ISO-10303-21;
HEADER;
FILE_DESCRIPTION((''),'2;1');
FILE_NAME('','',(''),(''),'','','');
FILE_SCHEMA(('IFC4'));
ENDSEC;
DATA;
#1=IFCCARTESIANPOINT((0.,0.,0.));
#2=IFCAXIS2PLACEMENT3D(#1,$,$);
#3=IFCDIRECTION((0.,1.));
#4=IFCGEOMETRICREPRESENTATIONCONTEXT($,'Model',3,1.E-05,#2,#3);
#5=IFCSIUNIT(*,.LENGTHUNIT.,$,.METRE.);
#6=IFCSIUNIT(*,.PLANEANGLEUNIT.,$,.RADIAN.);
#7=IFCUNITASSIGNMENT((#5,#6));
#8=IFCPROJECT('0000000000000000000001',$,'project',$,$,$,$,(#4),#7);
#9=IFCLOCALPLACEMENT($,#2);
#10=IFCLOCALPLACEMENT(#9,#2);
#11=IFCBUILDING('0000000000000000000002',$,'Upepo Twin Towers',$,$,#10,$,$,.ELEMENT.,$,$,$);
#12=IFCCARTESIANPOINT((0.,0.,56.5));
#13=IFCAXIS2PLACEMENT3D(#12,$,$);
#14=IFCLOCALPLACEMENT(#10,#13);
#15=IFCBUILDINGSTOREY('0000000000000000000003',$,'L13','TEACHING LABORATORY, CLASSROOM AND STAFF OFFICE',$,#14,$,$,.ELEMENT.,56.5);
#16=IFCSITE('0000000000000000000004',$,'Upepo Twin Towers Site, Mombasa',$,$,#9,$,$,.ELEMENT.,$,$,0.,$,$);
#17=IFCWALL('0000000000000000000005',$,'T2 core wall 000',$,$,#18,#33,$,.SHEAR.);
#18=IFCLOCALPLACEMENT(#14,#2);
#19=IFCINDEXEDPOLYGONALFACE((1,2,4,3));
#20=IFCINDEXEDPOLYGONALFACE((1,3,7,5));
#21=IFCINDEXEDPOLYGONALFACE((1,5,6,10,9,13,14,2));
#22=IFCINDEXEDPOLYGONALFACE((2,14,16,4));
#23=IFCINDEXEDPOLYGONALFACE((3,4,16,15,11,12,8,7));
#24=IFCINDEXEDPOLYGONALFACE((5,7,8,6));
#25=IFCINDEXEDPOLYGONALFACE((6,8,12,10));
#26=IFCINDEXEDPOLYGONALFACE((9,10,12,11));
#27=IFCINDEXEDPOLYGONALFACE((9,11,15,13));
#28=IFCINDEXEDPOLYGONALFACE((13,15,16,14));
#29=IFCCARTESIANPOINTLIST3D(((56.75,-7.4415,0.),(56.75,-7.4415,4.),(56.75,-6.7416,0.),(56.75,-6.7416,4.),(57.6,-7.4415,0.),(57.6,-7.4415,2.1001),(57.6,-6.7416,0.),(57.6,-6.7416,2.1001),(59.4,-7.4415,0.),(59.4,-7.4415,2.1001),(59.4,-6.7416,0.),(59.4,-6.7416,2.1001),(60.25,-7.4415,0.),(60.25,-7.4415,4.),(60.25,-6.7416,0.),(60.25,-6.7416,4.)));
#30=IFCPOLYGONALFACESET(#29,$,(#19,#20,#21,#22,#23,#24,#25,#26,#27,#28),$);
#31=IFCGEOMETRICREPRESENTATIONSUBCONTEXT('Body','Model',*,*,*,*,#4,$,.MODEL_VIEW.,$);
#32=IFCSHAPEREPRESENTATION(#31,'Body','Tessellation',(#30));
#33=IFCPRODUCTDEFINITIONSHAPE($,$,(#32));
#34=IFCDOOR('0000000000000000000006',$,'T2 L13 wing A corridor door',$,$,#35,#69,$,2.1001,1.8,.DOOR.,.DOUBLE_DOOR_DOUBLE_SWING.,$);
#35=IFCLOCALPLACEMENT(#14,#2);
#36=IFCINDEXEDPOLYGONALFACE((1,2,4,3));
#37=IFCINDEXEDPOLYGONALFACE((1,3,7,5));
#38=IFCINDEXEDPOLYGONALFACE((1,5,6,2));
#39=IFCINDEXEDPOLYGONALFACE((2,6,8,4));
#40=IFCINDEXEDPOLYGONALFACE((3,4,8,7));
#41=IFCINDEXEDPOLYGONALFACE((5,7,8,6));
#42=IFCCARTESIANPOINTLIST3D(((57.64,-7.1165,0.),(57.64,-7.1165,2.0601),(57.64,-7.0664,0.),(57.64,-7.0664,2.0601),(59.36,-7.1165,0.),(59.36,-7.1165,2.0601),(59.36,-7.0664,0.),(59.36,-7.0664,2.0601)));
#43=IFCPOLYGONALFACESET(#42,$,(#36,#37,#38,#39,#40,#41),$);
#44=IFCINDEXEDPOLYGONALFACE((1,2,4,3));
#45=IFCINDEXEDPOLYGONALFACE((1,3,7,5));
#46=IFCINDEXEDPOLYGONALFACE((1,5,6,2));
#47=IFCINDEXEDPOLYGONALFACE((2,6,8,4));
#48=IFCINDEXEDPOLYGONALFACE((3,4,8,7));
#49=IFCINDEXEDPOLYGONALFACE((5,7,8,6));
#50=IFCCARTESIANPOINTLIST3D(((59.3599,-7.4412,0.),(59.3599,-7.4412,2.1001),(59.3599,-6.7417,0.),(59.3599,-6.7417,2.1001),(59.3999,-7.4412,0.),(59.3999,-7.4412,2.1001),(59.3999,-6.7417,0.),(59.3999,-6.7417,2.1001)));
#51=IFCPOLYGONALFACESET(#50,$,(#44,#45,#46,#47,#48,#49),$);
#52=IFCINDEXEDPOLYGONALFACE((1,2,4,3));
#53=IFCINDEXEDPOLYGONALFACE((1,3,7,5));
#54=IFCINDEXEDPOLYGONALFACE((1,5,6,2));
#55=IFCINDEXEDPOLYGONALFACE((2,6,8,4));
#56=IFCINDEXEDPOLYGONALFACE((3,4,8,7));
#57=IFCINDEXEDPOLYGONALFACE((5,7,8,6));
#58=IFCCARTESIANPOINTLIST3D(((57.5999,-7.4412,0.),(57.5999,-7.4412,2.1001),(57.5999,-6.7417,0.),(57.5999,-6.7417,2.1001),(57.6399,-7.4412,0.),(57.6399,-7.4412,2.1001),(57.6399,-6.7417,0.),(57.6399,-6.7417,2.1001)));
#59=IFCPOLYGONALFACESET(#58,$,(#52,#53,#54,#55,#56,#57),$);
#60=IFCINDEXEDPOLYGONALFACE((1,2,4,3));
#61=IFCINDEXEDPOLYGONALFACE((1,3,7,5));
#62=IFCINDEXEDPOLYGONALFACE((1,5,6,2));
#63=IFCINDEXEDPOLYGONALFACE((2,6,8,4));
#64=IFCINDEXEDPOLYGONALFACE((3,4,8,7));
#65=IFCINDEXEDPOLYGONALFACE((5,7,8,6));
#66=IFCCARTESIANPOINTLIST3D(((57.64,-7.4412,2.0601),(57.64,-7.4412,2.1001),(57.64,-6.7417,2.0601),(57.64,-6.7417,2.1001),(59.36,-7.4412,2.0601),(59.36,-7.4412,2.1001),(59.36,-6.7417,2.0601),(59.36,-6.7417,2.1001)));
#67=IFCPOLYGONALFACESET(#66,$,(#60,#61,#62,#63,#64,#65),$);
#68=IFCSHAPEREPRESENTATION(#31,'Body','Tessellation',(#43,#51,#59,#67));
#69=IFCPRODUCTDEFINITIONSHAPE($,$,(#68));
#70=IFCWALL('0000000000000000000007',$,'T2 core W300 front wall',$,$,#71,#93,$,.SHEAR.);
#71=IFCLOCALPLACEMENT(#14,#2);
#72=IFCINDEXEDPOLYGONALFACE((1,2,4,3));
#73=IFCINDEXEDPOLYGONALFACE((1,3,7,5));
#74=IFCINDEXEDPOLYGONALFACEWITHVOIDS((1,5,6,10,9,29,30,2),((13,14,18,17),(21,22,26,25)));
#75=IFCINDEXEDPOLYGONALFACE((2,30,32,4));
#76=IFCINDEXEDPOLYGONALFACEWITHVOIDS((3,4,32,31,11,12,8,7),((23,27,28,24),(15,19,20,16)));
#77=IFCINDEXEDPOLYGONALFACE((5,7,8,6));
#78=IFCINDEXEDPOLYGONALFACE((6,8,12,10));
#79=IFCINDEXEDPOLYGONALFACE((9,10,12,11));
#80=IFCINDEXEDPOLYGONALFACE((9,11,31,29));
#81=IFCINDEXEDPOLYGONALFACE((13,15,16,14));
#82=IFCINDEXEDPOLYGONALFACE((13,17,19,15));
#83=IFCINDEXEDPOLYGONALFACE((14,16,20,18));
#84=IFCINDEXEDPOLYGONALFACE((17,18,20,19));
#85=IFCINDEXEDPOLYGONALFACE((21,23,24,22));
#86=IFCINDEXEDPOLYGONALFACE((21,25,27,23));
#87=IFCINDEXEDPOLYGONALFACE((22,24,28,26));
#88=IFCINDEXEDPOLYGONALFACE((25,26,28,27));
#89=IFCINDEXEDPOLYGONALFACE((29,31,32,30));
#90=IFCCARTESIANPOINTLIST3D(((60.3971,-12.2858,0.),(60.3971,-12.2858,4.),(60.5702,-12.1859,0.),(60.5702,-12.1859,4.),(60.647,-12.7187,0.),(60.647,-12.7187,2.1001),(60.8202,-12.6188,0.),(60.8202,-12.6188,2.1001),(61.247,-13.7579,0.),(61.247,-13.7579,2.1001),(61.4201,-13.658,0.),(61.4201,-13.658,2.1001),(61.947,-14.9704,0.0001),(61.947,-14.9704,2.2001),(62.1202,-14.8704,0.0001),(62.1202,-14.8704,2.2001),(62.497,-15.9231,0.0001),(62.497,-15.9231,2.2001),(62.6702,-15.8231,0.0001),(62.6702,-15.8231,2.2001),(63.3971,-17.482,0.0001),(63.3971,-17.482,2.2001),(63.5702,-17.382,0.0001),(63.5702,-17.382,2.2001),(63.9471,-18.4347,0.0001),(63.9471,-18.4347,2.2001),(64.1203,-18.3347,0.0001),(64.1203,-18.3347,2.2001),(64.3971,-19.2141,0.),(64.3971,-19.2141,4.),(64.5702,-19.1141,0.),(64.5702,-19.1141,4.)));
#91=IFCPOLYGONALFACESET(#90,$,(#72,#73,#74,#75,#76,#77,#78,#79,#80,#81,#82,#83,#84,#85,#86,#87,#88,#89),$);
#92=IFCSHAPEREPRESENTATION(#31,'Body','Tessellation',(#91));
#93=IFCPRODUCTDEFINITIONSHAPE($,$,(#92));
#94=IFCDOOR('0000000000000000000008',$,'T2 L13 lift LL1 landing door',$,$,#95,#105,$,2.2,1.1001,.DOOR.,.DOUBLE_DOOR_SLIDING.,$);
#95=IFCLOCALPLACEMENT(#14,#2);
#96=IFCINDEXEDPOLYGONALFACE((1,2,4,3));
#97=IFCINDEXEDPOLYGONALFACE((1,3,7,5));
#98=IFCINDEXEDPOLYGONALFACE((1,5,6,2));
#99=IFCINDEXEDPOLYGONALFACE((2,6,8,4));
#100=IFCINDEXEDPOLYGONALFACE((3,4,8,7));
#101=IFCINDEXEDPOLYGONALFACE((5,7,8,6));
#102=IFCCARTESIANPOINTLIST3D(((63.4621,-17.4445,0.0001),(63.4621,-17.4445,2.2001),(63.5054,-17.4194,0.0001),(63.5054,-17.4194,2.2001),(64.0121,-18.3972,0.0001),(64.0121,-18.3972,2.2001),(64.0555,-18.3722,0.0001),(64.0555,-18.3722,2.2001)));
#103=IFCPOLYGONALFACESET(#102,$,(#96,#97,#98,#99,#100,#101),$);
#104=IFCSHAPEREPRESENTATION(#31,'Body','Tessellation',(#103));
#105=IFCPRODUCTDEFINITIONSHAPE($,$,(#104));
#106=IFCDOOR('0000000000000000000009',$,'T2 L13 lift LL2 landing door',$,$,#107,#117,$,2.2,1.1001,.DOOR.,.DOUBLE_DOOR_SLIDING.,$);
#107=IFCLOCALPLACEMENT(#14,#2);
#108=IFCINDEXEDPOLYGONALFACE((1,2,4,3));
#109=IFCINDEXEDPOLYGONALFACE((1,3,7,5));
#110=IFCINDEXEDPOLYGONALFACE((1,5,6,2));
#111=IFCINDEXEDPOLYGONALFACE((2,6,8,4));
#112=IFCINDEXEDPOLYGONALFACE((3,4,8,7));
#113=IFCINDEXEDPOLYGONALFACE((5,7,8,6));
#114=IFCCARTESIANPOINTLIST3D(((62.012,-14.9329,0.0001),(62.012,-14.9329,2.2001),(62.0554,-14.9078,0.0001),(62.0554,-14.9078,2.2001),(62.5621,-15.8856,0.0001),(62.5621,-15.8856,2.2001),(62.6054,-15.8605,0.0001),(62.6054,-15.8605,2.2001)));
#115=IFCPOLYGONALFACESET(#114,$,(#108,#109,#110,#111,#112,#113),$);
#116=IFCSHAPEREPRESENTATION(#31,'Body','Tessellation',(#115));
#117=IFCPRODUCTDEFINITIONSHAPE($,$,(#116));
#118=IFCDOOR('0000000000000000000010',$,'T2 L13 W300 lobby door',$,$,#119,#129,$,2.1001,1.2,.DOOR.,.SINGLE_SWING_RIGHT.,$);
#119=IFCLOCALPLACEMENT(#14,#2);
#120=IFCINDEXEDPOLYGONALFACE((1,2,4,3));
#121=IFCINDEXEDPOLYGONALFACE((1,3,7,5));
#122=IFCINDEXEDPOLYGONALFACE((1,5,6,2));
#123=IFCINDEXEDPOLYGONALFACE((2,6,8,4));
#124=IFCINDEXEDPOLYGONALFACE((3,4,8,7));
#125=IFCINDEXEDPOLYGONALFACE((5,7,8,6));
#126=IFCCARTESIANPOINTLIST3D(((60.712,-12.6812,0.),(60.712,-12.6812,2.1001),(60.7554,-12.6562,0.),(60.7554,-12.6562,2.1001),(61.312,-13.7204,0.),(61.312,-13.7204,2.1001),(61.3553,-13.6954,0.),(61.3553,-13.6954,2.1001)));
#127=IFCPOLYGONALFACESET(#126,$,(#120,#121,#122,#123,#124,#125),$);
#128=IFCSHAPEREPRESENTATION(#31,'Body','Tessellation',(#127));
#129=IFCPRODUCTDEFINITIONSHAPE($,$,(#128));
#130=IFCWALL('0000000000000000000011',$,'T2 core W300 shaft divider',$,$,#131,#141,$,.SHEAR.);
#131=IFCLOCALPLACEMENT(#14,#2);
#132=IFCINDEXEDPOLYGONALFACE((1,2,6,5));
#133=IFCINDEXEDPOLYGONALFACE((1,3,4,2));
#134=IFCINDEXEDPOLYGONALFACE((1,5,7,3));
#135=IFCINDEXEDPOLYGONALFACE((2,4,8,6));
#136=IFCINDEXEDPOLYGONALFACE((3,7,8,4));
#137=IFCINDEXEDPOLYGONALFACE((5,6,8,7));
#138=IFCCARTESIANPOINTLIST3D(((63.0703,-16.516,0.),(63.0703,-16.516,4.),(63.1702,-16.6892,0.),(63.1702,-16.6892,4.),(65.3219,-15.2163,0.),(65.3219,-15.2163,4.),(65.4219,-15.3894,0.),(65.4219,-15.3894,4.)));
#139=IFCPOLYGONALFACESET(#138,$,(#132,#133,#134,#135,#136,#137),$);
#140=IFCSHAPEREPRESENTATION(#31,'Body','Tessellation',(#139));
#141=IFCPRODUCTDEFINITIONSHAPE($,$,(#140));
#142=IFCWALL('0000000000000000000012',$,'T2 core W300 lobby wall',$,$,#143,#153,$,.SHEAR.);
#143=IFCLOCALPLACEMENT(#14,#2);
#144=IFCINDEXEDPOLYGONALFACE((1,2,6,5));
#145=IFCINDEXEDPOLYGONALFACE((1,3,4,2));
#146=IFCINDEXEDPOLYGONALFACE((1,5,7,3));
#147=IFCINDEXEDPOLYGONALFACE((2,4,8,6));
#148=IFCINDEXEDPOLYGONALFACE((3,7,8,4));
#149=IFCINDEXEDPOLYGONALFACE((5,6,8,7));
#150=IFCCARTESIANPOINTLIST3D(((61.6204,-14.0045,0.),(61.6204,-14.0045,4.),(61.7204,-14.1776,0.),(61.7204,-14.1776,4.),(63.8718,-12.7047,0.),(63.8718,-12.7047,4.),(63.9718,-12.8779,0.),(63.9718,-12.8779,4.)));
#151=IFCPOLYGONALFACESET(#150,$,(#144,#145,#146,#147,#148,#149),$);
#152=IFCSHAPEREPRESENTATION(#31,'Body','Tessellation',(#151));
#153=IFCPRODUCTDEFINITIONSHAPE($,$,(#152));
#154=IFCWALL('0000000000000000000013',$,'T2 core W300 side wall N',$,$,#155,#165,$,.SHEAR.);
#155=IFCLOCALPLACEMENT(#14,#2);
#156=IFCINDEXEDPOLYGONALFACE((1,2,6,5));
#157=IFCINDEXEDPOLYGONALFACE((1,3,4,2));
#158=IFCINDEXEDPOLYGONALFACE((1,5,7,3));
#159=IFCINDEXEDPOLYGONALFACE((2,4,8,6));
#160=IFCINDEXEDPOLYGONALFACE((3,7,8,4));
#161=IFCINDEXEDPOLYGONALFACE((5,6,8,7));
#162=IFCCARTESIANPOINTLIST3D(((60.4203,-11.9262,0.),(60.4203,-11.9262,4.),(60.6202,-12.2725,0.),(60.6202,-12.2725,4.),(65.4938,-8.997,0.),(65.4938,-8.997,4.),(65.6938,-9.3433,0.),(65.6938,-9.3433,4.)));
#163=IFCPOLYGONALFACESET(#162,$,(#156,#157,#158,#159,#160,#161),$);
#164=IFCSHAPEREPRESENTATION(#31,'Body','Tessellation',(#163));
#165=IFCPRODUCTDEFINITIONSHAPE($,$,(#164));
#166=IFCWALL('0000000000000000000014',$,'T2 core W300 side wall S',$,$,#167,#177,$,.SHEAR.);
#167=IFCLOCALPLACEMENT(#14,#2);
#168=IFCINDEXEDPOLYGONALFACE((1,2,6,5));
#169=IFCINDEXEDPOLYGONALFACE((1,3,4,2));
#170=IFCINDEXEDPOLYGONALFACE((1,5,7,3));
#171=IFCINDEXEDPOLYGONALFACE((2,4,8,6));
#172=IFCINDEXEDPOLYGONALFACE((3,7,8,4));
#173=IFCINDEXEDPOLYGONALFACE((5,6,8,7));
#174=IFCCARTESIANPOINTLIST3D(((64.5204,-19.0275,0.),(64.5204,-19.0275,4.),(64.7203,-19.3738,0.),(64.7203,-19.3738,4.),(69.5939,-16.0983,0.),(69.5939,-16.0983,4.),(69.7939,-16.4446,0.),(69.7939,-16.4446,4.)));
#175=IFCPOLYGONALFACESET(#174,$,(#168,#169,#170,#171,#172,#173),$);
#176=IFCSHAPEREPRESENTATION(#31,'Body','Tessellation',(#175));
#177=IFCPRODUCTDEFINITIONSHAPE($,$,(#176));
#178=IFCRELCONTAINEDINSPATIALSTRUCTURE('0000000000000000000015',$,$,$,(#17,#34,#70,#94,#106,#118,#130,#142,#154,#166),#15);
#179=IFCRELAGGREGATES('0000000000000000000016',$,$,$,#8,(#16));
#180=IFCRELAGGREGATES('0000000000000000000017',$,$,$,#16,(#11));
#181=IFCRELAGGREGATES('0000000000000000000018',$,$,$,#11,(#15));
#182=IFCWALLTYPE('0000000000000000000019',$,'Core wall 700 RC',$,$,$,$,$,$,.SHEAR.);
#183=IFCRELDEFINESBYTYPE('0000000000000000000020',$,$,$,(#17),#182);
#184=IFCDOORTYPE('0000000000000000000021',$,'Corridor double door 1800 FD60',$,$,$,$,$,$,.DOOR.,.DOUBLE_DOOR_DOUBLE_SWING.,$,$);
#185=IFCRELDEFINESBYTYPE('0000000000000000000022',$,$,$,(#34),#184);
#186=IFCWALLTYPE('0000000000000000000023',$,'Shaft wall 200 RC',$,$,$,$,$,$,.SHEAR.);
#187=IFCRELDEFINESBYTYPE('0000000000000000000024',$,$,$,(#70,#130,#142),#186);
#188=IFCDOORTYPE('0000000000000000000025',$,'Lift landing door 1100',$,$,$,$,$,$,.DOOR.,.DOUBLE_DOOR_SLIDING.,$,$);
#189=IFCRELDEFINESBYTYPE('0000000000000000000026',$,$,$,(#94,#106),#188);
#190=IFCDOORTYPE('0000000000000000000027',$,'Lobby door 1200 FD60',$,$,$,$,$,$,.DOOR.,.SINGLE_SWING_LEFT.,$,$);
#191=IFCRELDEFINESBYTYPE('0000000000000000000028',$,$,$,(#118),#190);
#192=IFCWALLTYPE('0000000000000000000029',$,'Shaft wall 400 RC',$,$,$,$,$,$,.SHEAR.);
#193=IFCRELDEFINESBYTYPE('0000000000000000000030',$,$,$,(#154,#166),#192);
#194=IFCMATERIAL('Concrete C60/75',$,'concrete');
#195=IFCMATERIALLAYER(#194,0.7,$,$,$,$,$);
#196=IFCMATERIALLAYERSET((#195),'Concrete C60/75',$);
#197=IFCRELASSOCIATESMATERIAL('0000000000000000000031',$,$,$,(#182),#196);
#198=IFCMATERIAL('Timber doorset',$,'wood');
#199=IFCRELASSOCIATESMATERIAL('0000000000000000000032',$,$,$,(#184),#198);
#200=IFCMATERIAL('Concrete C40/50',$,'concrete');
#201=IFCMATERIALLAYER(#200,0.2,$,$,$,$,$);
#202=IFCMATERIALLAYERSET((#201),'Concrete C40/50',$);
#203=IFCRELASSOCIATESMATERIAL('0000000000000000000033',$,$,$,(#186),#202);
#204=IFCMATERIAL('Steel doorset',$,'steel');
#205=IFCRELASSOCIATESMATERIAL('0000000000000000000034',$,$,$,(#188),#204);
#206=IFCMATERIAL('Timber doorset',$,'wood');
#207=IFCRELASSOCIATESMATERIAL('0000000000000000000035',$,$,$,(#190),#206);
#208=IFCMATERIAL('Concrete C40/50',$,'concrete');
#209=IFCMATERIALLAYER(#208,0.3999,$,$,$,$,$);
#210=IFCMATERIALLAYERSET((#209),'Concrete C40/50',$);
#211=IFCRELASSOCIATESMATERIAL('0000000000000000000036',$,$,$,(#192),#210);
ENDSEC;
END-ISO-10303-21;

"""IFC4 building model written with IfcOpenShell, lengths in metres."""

from ifc_helpers import new_model, si_unit, direction, frame, frame_2d, origin, place, context, subcontext, project, spatial, rectangle, extrude, material, layer, layer_set, type_object, element, fill, save


model = new_model("IFC4")

# Units and contexts
model_context = context("Model", 3, precision=1e-05, world=origin(), true_north=direction((0.0, 1.0)))
body_context = subcontext(model_context, "Body", "Model", "MODEL_VIEW")
ifc_project = project(units=[si_unit("LENGTHUNIT", "METRE"), si_unit("PLANEANGLEUNIT", "RADIAN")], contexts=[model_context])

# Site, building, storey
site_placement = place(None, origin())
site = spatial("IfcSite", under=ifc_project, at=site_placement, Name="Upepo Twin Towers Site, Mombasa", CompositionType="ELEMENT", RefElevation=0.0)
building_placement = place(site_placement, origin())
building = spatial("IfcBuilding", under=site, at=building_placement, Name="Upepo Twin Towers", CompositionType="ELEMENT")
storey_placement = place(building_placement, frame((0.0, 0.0, 56.5)))
storey = spatial("IfcBuildingStorey", under=building, at=storey_placement, Name="L13", Description="TEACHING LABORATORY, CLASSROOM AND STAFF OFFICE", CompositionType="ELEMENT", Elevation=56.5)

# Shared definitions
ifc_material_1 = material(Name="Concrete C60/75", Category="concrete")
ifc_layer_1 = layer(ifc_material_1, 0.7)
ifc_layer_set_1 = layer_set([ifc_layer_1], Name="Concrete C60/75")
wall_type_1 = type_object("IfcWallType", Name="Core wall 700 RC", PredefinedType="SHEAR", material=ifc_layer_set_1)

# Wall, opening, door
wall_1_placement = place(storey_placement, frame((60.25, -7.0916, 0.0), z_axis=(0.0, 0.0, 1.0), x_axis=(-1.0, 0.0, 0.0)))
wall_1 = element("IfcWall", 1, at=wall_1_placement, inside=storey, type_object=wall_type_1, Name="T2 core wall 000", PredefinedType="SHEAR", context=body_context, shape_type="SweptSolid", body=[
    extrude(rectangle(XDim=3.5, YDim=0.7, at=frame_2d((1.75, 0.0))), origin(), (0.0, 0.0, 1.0), 4.0),
])
opening_1_placement = place(wall_1_placement, frame((0.8501, 0.0, 0.0)))
opening_1 = element("IfcOpeningElement", 2, at=opening_1_placement, cuts=wall_1, PredefinedType="OPENING", context=body_context, shape_type="SweptSolid", body=[
    extrude(rectangle(XDim=1.8, YDim=2.1001, at=frame_2d((0.8999, 1.05))), frame((0.0, 0.3599, 0.0), z_axis=(0.0, -1.0, 0.0), x_axis=(1.0, 0.0, 0.0)), (0.0, 0.0, 1.0), 0.72),
])
ifc_material_2 = material(Name="Timber doorset", Category="wood")
door_type_1 = type_object("IfcDoorType", Name="Corridor double door 1800 FD60", OperationType="DOUBLE_DOOR_DOUBLE_SWING", PredefinedType="DOOR", material=ifc_material_2)
door_1_placement = place(opening_1_placement, origin())
door_1 = element("IfcDoor", 3, at=door_1_placement, inside=storey, type_object=door_type_1, Name="T2 L13 wing A corridor door", OperationType="DOUBLE_DOOR_DOUBLE_SWING", OverallHeight=2.1001, OverallWidth=1.8, PredefinedType="DOOR", context=body_context, shape_type="SweptSolid", body=[
    extrude(rectangle(XDim=1.72, YDim=2.0601, at=frame_2d((0.8999, 1.03))), frame((0.0, 0.0249, 0.0), z_axis=(0.0, -1.0, 0.0), x_axis=(1.0, 0.0, 0.0)), (0.0, 0.0, 1.0), 0.05),
    extrude(rectangle(XDim=0.04, YDim=2.1001, at=frame_2d((0.02, 1.05))), frame((0.0, 0.3496, 0.0), z_axis=(0.0, -1.0, 0.0), x_axis=(1.0, 0.0, 0.0)), (0.0, 0.0, 1.0), 0.6995),
    extrude(rectangle(XDim=0.04, YDim=2.1001, at=frame_2d((1.78, 1.05))), frame((0.0, 0.3496, 0.0), z_axis=(0.0, -1.0, 0.0), x_axis=(1.0, 0.0, 0.0)), (0.0, 0.0, 1.0), 0.6995),
    extrude(rectangle(XDim=1.72, YDim=0.04, at=frame_2d((0.8999, 2.0801))), frame((0.0, 0.3496, 0.0), z_axis=(0.0, -1.0, 0.0), x_axis=(1.0, 0.0, 0.0)), (0.0, 0.0, 1.0), 0.6995),
])
fill(opening_1, door_1)

# Wall, openings, doors
ifc_material_3 = material(Name="Concrete C40/50", Category="concrete")
ifc_layer_2 = layer(ifc_material_3, 0.2)
ifc_layer_set_2 = layer_set([ifc_layer_2], Name="Concrete C40/50")
wall_type_2 = type_object("IfcWallType", Name="Shaft wall 200 RC", PredefinedType="SHEAR", material=ifc_layer_set_2)
wall_2_placement = place(storey_placement, frame((64.4836, -19.1641, 0.0), z_axis=(0.0, 0.0, 1.0), x_axis=(-0.499999, 0.866026, 0.0)))
wall_2 = element("IfcWall", 4, at=wall_2_placement, inside=storey, type_object=wall_type_2, Name="T2 core W300 front wall", PredefinedType="SHEAR", context=body_context, shape_type="SweptSolid", body=[
    extrude(rectangle(XDim=8.0, YDim=0.2, at=frame_2d((4.0, 0.0))), origin(), (0.0, 0.0, 1.0), 4.0),
])
opening_2_placement = place(wall_2_placement, frame((6.3, 0.0, 0.0)))
opening_2 = element("IfcOpeningElement", 5, at=opening_2_placement, cuts=wall_2, PredefinedType="OPENING", context=body_context, shape_type="SweptSolid", body=[
    extrude(rectangle(XDim=1.2, YDim=2.1001, at=frame_2d((0.6001, 1.05))), frame((0.0, 0.1099, 0.0), z_axis=(0.0, -1.0, 0.0), x_axis=(1.0, 0.0, 0.0)), (0.0, 0.0, 1.0), 0.22),
])
opening_3_placement = place(wall_2_placement, frame((0.8999, 0.0, 0.0)))
opening_3 = element("IfcOpeningElement", 6, at=opening_3_placement, cuts=wall_2, PredefinedType="OPENING", context=body_context, shape_type="SweptSolid", body=[
    extrude(rectangle(XDim=1.1001, YDim=2.2, at=frame_2d((0.55, 1.1001))), frame((0.0, 0.1099, 0.0), z_axis=(0.0, -1.0, 0.0), x_axis=(1.0, 0.0, 0.0)), (0.0, 0.0, 1.0), 0.22),
])
opening_4_placement = place(wall_2_placement, frame((3.8, 0.0, 0.0)))
opening_4 = element("IfcOpeningElement", 7, at=opening_4_placement, cuts=wall_2, PredefinedType="OPENING", context=body_context, shape_type="SweptSolid", body=[
    extrude(rectangle(XDim=1.1001, YDim=2.2, at=frame_2d((0.55, 1.1001))), frame((0.0, 0.1099, 0.0), z_axis=(0.0, -1.0, 0.0), x_axis=(1.0, 0.0, 0.0)), (0.0, 0.0, 1.0), 0.22),
])
ifc_material_4 = material(Name="Steel doorset", Category="steel")
door_type_2 = type_object("IfcDoorType", Name="Lift landing door 1100", OperationType="DOUBLE_DOOR_SLIDING", PredefinedType="DOOR", material=ifc_material_4)
door_2_placement = place(opening_3_placement, origin())
door_2 = element("IfcDoor", 8, at=door_2_placement, inside=storey, type_object=door_type_2, Name="T2 L13 lift LL1 landing door", OperationType="DOUBLE_DOOR_SLIDING", OverallHeight=2.2, OverallWidth=1.1001, PredefinedType="DOOR", context=body_context, shape_type="SweptSolid", body=[
    extrude(rectangle(XDim=1.1001, YDim=2.2, at=frame_2d((0.55, 1.1001))), frame((0.0, 0.0249, 0.0), z_axis=(0.0, -1.0, 0.0), x_axis=(1.0, 0.0, 0.0)), (0.0, 0.0, 1.0), 0.05),
])
fill(opening_3, door_2)
door_3_placement = place(opening_4_placement, origin())
door_3 = element("IfcDoor", 9, at=door_3_placement, inside=storey, type_object=door_type_2, Name="T2 L13 lift LL2 landing door", OperationType="DOUBLE_DOOR_SLIDING", OverallHeight=2.2, OverallWidth=1.1001, PredefinedType="DOOR", context=body_context, shape_type="SweptSolid", body=[
    extrude(rectangle(XDim=1.1001, YDim=2.2, at=frame_2d((0.55, 1.1001))), frame((0.0, 0.0249, 0.0), z_axis=(0.0, -1.0, 0.0), x_axis=(1.0, 0.0, 0.0)), (0.0, 0.0, 1.0), 0.05),
])
fill(opening_4, door_3)
ifc_material_5 = material(Name="Timber doorset", Category="wood")
door_type_3 = type_object("IfcDoorType", Name="Lobby door 1200 FD60", OperationType="SINGLE_SWING_LEFT", PredefinedType="DOOR", material=ifc_material_5)
door_4_placement = place(opening_2_placement, origin())
door_4 = element("IfcDoor", 10, at=door_4_placement, inside=storey, type_object=door_type_3, Name="T2 L13 W300 lobby door", OperationType="SINGLE_SWING_RIGHT", OverallHeight=2.1001, OverallWidth=1.2, PredefinedType="DOOR", context=body_context, shape_type="SweptSolid", body=[
    extrude(rectangle(XDim=1.2, YDim=2.1001, at=frame_2d((0.6001, 1.05))), frame((0.0, 0.0249, 0.0), z_axis=(0.0, -1.0, 0.0), x_axis=(1.0, 0.0, 0.0)), (0.0, 0.0, 1.0), 0.05),
])
fill(opening_2, door_4)

# Walls
wall_3_placement = place(storey_placement, frame((63.1204, -16.6025, 0.0), z_axis=(0.0, 0.0, 1.0), x_axis=(0.866062, 0.499937, 0.0)))
element("IfcWall", 11, at=wall_3_placement, inside=storey, type_object=wall_type_2, Name="T2 core W300 shaft divider", PredefinedType="SHEAR", context=body_context, shape_type="SweptSolid", body=[
    extrude(rectangle(XDim=2.5999, YDim=0.2, at=frame_2d((1.2998, 0.0))), origin(), (0.0, 0.0, 1.0), 4.0),
])
wall_4_placement = place(storey_placement, frame((61.6704, -14.0911, 0.0), z_axis=(0.0, 0.0, 1.0), x_axis=(0.866039, 0.499977, 0.0)))
element("IfcWall", 12, at=wall_4_placement, inside=storey, type_object=wall_type_2, Name="T2 core W300 lobby wall", PredefinedType="SHEAR", context=body_context, shape_type="SweptSolid", body=[
    extrude(rectangle(XDim=2.5996, YDim=0.2, at=frame_2d((1.2998, 0.0))), origin(), (0.0, 0.0, 1.0), 4.0),
])
ifc_material_6 = material(Name="Concrete C40/50", Category="concrete")
ifc_layer_3 = layer(ifc_material_6, 0.3999)
ifc_layer_set_3 = layer_set([ifc_layer_3], Name="Concrete C40/50")
wall_type_3 = type_object("IfcWallType", Name="Shaft wall 400 RC", PredefinedType="SHEAR", material=ifc_layer_set_3)
for number, where, z_axis, x_axis, name in (
    (13, (60.5203, -12.0994, 0.0), (0.0, 0.0, 1.0), (0.866024, 0.500003, 0.0), "T2 core W300 side wall N"),
    (14, (64.6204, -19.2007, 0.0), (0.0, 0.0, 1.0), (0.866024, 0.500003, 0.0), "T2 core W300 side wall S"),
):
    element("IfcWall", number, at=place(storey_placement, frame(where, z_axis=z_axis, x_axis=x_axis)), inside=storey, type_object=wall_type_3, Name=name, PredefinedType="SHEAR", context=body_context, shape_type="SweptSolid", body=[
        extrude(rectangle(XDim=5.8584, YDim=0.3999, at=frame_2d((2.9292, 0.0))), origin(), (0.0, 0.0, 1.0), 4.0),
    ])

save(model, "model.ifc")
